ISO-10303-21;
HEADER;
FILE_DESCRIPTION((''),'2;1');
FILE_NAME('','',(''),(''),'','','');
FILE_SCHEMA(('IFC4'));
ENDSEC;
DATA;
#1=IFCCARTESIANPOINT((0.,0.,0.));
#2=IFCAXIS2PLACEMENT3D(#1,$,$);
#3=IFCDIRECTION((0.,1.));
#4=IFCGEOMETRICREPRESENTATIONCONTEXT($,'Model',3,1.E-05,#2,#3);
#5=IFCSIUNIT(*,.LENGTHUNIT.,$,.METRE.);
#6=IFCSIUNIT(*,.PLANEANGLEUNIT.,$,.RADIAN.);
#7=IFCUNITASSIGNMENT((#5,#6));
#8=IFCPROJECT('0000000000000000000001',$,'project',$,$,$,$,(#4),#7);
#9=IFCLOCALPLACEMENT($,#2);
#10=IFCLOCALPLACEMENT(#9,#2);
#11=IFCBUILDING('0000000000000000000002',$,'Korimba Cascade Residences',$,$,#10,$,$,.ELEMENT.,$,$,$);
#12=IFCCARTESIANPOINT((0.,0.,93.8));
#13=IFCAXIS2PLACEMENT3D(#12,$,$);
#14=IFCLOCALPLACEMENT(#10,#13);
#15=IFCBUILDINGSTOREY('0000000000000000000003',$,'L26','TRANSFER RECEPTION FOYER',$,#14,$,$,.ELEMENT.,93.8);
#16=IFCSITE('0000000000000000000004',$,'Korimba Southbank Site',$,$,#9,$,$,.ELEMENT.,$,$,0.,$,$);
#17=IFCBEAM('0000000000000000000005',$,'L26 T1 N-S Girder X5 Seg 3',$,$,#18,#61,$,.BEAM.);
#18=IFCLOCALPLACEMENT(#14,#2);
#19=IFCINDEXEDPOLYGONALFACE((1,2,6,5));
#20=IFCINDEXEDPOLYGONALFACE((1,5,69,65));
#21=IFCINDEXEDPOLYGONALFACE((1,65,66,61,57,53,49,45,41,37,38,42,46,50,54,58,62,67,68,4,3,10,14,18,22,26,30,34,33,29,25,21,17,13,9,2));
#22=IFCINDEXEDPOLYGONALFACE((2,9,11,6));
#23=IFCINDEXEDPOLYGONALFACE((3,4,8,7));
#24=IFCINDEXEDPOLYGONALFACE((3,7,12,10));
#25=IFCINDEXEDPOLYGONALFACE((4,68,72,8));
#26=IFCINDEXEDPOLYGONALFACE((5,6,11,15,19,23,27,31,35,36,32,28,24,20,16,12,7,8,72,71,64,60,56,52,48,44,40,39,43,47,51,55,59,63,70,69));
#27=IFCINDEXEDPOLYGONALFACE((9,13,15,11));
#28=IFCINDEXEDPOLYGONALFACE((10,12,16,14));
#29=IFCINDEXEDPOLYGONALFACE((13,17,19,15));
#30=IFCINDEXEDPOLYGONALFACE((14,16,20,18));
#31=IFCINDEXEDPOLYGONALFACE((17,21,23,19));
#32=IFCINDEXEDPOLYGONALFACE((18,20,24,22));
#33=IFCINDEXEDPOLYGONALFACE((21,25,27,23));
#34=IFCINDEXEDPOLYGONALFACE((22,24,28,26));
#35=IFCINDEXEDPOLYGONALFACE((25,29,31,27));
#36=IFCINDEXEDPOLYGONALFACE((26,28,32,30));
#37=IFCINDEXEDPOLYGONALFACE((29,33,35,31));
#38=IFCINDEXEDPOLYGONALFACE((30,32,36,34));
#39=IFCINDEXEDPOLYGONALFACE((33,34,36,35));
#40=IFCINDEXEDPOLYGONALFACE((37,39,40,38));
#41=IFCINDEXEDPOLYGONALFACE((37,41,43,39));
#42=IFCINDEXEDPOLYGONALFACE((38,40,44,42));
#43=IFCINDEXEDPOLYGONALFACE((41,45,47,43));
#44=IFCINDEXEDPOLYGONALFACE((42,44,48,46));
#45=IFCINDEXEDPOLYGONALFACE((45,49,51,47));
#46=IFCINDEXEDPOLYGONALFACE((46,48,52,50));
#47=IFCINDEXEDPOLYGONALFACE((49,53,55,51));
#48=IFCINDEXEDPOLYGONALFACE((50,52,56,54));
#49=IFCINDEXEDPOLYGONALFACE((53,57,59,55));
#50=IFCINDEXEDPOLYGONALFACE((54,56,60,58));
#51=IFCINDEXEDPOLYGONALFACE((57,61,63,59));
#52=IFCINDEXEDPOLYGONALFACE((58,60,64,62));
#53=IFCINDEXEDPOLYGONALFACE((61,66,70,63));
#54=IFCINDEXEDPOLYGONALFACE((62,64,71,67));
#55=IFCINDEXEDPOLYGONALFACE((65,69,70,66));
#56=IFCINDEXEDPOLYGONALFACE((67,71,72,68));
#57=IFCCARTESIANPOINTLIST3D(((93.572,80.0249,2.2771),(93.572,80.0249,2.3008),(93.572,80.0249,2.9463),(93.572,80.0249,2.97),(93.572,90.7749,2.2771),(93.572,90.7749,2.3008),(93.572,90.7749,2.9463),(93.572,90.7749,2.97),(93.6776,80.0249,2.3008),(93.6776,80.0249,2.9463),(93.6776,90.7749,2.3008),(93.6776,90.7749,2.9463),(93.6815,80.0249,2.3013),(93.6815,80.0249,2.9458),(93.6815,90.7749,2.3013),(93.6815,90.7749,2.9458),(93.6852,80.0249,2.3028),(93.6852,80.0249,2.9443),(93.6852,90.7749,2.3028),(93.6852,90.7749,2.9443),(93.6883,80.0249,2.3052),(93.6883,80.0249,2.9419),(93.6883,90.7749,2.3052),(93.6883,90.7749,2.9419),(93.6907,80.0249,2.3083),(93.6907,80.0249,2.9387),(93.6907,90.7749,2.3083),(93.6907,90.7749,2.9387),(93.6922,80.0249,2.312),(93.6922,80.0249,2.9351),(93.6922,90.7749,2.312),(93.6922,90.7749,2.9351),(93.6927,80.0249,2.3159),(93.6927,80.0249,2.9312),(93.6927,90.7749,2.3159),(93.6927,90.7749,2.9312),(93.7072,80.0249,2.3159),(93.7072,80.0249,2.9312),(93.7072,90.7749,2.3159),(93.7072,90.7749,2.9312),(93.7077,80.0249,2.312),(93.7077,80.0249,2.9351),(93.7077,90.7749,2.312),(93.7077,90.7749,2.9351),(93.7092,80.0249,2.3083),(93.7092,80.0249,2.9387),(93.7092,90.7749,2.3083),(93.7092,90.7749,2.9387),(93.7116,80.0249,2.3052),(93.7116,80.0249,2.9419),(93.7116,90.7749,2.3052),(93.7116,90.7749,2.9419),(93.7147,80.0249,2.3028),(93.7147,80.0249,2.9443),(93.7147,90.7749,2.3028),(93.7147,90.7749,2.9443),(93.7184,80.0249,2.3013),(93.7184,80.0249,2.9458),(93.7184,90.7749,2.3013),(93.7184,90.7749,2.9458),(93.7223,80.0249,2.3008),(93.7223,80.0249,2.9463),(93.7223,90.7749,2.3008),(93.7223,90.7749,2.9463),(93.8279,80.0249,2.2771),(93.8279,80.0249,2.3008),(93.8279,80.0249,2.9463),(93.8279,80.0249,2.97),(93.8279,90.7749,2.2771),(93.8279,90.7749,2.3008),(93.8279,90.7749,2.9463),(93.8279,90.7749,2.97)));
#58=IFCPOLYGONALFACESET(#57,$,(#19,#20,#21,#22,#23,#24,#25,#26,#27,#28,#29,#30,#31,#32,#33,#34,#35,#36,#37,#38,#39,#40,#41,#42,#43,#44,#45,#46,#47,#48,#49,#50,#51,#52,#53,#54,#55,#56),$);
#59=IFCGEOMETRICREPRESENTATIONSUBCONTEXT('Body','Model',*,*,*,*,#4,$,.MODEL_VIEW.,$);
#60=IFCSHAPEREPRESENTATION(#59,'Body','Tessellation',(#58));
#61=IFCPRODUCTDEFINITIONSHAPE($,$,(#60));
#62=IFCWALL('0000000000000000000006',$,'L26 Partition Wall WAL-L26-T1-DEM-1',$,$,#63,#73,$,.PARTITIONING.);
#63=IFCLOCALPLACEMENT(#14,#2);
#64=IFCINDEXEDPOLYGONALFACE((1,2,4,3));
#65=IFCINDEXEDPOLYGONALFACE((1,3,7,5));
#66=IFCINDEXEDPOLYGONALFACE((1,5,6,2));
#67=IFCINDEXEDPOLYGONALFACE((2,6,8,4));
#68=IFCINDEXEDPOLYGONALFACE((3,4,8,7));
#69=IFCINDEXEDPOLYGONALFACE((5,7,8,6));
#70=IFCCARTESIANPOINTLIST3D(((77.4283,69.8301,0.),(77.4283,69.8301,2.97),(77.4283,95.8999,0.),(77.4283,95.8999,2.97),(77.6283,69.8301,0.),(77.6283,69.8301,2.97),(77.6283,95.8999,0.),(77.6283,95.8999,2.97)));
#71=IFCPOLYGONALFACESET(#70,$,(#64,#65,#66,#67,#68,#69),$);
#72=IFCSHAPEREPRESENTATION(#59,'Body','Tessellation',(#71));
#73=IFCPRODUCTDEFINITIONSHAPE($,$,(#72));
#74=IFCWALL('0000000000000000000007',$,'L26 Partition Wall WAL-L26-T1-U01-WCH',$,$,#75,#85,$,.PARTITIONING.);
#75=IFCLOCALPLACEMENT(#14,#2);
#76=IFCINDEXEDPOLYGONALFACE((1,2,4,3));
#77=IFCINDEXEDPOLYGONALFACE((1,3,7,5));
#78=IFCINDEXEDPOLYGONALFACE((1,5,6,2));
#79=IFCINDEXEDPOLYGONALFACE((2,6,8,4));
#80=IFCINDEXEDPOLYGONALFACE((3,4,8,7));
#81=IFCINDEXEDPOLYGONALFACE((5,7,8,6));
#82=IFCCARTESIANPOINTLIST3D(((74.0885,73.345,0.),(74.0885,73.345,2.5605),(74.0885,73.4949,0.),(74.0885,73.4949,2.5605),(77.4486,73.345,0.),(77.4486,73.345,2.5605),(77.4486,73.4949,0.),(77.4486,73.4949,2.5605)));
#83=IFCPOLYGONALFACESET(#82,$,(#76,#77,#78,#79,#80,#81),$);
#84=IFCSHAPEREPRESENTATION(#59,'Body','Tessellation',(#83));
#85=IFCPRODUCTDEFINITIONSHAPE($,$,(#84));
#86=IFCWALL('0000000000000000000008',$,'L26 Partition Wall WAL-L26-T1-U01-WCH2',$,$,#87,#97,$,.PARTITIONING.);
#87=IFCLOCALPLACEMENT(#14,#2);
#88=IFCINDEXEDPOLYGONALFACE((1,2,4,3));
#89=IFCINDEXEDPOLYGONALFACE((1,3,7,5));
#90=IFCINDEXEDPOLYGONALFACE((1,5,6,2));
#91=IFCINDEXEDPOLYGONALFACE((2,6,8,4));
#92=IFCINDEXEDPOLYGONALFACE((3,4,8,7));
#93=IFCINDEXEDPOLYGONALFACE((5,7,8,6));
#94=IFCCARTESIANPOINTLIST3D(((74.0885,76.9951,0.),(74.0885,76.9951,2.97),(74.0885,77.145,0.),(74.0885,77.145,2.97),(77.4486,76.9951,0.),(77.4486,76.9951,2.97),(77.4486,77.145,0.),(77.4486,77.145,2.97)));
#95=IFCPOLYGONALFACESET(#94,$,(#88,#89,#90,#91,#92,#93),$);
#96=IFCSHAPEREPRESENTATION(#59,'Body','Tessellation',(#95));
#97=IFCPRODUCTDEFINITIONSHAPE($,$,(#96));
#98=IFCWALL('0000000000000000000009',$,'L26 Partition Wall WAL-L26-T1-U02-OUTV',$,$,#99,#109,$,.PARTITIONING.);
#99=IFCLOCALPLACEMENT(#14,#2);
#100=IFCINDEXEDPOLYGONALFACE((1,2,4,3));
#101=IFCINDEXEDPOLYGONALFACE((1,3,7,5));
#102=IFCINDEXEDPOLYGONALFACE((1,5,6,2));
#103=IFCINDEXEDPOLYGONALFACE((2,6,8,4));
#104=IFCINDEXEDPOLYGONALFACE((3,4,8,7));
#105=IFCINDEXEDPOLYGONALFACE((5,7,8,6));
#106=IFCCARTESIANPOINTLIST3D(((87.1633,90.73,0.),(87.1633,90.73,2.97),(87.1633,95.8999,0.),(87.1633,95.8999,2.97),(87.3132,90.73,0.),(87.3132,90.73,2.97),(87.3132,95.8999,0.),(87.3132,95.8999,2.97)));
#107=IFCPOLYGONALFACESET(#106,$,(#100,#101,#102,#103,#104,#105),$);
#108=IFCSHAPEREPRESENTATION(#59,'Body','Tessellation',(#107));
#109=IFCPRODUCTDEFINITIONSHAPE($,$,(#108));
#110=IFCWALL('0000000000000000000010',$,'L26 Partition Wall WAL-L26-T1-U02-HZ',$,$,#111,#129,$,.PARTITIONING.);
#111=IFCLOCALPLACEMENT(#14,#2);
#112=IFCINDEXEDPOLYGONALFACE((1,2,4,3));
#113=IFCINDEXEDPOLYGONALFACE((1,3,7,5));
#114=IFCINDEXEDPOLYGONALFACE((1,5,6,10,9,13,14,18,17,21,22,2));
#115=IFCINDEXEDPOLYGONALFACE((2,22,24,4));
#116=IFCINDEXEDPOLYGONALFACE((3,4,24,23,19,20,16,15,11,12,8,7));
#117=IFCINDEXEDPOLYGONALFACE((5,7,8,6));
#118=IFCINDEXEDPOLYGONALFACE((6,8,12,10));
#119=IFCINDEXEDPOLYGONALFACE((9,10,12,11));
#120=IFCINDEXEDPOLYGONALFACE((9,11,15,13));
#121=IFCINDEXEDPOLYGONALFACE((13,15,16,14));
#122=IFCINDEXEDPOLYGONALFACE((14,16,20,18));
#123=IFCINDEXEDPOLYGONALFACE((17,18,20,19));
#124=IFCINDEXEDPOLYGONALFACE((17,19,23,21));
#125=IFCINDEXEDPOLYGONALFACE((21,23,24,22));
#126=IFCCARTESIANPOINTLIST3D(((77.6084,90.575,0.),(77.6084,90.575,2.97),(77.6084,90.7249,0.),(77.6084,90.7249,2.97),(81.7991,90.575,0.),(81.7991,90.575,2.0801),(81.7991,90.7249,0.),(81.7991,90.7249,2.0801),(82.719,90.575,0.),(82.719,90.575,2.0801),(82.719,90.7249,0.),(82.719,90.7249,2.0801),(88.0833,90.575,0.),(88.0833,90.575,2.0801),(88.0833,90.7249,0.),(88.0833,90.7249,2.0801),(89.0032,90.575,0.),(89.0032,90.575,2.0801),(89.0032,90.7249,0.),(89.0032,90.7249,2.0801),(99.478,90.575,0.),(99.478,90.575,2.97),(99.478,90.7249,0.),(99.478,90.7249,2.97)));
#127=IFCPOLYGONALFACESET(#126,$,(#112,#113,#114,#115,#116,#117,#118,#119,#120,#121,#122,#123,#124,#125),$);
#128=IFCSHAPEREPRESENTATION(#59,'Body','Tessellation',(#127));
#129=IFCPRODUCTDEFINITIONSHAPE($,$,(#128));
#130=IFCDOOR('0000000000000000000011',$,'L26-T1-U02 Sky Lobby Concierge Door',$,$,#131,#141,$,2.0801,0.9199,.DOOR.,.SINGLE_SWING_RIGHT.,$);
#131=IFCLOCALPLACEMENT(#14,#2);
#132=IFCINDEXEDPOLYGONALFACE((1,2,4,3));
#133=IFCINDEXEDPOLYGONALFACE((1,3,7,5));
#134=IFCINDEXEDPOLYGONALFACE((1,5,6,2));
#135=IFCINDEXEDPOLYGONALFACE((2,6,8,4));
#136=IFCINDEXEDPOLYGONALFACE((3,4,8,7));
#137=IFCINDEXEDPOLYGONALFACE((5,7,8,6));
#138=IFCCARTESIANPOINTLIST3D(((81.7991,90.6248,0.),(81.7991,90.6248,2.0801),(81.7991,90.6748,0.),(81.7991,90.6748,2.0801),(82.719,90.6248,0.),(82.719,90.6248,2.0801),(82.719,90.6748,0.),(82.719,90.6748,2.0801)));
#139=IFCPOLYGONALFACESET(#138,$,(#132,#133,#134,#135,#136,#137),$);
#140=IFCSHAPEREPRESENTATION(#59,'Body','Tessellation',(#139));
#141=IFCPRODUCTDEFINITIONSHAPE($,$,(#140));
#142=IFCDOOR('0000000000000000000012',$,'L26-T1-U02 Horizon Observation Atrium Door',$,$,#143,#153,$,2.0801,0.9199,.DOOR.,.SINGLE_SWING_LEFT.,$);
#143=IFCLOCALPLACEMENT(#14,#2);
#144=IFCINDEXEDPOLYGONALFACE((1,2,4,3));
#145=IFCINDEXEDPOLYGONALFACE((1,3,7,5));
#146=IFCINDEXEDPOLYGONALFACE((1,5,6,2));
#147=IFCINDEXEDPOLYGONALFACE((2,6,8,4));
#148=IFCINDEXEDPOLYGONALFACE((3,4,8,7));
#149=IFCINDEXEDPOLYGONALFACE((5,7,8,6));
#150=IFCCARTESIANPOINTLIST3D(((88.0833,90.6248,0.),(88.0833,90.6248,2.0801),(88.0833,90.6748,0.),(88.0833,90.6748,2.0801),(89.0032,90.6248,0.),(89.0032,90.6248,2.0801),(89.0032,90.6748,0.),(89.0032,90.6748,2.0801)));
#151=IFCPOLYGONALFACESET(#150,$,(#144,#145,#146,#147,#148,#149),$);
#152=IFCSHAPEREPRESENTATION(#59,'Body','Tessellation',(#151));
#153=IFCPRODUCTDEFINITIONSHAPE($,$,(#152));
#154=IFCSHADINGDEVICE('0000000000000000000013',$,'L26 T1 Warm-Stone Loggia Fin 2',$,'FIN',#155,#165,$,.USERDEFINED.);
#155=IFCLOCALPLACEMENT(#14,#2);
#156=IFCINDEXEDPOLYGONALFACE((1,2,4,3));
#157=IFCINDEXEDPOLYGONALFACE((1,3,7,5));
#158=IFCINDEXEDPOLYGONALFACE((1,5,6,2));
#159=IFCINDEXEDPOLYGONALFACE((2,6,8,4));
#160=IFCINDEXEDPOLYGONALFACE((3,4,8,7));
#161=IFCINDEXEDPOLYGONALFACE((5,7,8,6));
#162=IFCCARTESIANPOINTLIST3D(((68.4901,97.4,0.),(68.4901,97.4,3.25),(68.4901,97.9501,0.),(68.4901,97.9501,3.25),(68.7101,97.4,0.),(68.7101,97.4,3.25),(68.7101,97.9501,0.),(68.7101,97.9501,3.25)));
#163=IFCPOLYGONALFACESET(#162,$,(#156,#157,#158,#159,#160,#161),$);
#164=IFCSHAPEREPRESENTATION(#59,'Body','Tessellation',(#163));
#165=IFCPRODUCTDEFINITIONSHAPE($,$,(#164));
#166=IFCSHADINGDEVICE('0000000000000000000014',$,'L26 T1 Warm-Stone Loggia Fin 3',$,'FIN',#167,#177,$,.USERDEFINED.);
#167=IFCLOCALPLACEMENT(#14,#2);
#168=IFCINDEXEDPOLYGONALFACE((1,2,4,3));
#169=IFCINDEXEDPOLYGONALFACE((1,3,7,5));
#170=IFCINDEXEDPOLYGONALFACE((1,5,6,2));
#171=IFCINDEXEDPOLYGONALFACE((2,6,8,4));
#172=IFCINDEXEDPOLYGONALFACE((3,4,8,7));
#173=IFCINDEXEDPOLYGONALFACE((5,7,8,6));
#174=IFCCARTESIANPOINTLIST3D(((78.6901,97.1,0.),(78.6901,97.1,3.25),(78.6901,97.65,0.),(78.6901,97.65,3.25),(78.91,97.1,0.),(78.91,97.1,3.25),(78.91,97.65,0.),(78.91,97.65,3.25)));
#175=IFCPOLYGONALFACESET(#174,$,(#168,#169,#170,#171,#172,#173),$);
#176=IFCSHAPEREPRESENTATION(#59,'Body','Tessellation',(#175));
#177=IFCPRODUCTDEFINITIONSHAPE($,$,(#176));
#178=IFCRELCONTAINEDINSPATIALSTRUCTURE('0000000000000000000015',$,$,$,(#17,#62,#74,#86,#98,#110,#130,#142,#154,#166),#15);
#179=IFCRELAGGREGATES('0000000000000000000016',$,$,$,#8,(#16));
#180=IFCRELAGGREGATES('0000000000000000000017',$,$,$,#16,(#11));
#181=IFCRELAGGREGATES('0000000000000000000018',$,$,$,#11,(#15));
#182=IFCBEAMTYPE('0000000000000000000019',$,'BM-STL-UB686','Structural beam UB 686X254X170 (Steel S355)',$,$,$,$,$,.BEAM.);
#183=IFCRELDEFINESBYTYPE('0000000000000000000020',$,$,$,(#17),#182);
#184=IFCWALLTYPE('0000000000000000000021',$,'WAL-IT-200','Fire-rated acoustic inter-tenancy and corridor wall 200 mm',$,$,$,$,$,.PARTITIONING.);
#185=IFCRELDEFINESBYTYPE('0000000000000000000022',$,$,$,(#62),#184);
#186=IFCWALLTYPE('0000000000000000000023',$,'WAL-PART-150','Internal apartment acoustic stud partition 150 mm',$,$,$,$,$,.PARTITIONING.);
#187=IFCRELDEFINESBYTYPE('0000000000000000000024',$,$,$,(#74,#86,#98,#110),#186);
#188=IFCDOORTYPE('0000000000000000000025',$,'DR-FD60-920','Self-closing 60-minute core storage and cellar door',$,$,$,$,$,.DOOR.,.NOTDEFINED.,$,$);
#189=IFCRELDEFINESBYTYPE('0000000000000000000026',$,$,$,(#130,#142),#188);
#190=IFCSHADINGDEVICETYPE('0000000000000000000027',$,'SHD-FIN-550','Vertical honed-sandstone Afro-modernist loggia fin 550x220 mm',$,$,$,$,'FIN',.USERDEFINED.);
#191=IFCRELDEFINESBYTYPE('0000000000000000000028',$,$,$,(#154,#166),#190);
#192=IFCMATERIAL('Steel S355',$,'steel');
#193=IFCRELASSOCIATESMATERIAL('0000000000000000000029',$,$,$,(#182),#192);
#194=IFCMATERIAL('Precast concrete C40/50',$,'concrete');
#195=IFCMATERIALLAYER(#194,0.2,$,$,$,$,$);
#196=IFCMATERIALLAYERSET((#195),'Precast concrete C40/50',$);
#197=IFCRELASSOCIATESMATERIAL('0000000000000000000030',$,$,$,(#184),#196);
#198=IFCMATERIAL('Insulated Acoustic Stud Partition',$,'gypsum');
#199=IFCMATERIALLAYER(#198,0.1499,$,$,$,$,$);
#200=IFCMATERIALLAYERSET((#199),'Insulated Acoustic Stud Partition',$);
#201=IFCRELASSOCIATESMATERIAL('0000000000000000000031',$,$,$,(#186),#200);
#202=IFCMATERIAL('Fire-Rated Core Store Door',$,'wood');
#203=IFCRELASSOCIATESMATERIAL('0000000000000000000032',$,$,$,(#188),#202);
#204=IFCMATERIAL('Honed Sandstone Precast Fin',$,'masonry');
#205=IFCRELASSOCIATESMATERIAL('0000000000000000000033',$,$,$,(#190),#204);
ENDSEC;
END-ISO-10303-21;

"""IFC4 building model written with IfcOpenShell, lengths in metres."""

from ifc_helpers import new_model, si_unit, direction, frame, frame_2d, origin, origin_2d, place, context, subcontext, project, spatial, rectangle, i_section, extrude, material, layer, layer_set, material_profile, profile_set, type_object, element, fill, save


model = new_model("IFC4")

# Units and contexts
model_context = context("Model", 3, precision=1e-05, world=origin(), true_north=direction((0.0, 1.0)))
body_context = subcontext(model_context, "Body", "Model", "MODEL_VIEW")
ifc_project = project(units=[si_unit("LENGTHUNIT", "METRE"), si_unit("PLANEANGLEUNIT", "RADIAN")], contexts=[model_context])

# Site, building, storey
site_placement = place(None, origin())
site = spatial("IfcSite", under=ifc_project, at=site_placement, Name="Korimba Southbank Site", CompositionType="ELEMENT", RefElevation=0.0)
building_placement = place(site_placement, origin())
building = spatial("IfcBuilding", under=site, at=building_placement, Name="Korimba Cascade Residences", CompositionType="ELEMENT")
storey_placement = place(building_placement, frame((0.0, 0.0, 93.8)))
storey = spatial("IfcBuildingStorey", under=building, at=storey_placement, Name="L26", Description="TRANSFER RECEPTION FOYER", CompositionType="ELEMENT", Elevation=93.8)

# Beam
ifc_material_1 = material(Name="Steel S355", Category="steel")
ifc_material_profile_1 = material_profile(ifc_material_1, i_section(OverallWidth=0.2559, OverallDepth=0.6929, WebThickness=0.0144, FlangeThickness=0.0237, FilletRadius=0.0151, at=origin_2d()), Name="Steel S355")
ifc_profile_set_1 = profile_set([ifc_material_profile_1], Name="Steel S355")
beam_type_1 = type_object("IfcBeamType", Name="BM-STL-UB686", Description="Structural beam UB 686X254X170 (Steel S355)", PredefinedType="BEAM", material=ifc_profile_set_1)
for number, where, z_axis, x_axis, name in (
    (1, (93.7, 80.0249, 2.6235), (0.0, 1.0, 0.0), (-1.0, 0.0, 0.0), "L26 T1 N-S Girder X5 Seg 3"),
):
    element("IfcBeam", number, at=place(storey_placement, frame(where, z_axis=z_axis, x_axis=x_axis)), inside=storey, type_object=beam_type_1, Name=name, PredefinedType="BEAM", context=body_context, shape_type="SweptSolid", body=[
        extrude(i_section(OverallWidth=0.2559, OverallDepth=0.6929, WebThickness=0.0144, FlangeThickness=0.0237, FilletRadius=0.0151, at=origin_2d()), origin(), (0.0, 0.0, 1.0), 10.75),
    ])

# Walls
ifc_material_2 = material(Name="Precast concrete C40/50", Category="concrete")
ifc_layer_1 = layer(ifc_material_2, 0.2)
ifc_layer_set_1 = layer_set([ifc_layer_1], Name="Precast concrete C40/50")
wall_type_1 = type_object("IfcWallType", Name="WAL-IT-200", Description="Fire-rated acoustic inter-tenancy and corridor wall 200 mm", PredefinedType="PARTITIONING", material=ifc_layer_set_1)
wall_1_placement = place(storey_placement, frame((77.5283, 69.8301, 0.0), z_axis=(0.0, 0.0, 1.0), x_axis=(0.0, 1.0, 0.0)))
element("IfcWall", 2, at=wall_1_placement, inside=storey, type_object=wall_type_1, Name="L26 Partition Wall WAL-L26-T1-DEM-1", PredefinedType="PARTITIONING", context=body_context, shape_type="SweptSolid", body=[
    extrude(rectangle(XDim=26.0698, YDim=0.2, at=frame_2d((13.0349, 0.0))), origin(), (0.0, 0.0, 1.0), 2.97),
])
ifc_material_3 = material(Name="Insulated Acoustic Stud Partition", Category="gypsum")
ifc_layer_2 = layer(ifc_material_3, 0.1499)
ifc_layer_set_2 = layer_set([ifc_layer_2], Name="Insulated Acoustic Stud Partition")
wall_type_2 = type_object("IfcWallType", Name="WAL-PART-150", Description="Internal apartment acoustic stud partition 150 mm", PredefinedType="PARTITIONING", material=ifc_layer_set_2)
wall_2_placement = place(storey_placement, frame((74.0884, 73.4199, 0.0), z_axis=(0.0, 0.0, 1.0), x_axis=(1.0, 0.0, 0.0)))
element("IfcWall", 3, at=wall_2_placement, inside=storey, type_object=wall_type_2, Name="L26 Partition Wall WAL-L26-T1-U01-WCH", PredefinedType="PARTITIONING", context=body_context, shape_type="SweptSolid", body=[
    extrude(rectangle(XDim=3.3601, YDim=0.1499, at=frame_2d((1.6802, 0.0))), origin(), (0.0, 0.0, 1.0), 2.5605),
])
wall_3_placement = place(storey_placement, frame((74.0884, 77.0701, 0.0), z_axis=(0.0, 0.0, 1.0), x_axis=(1.0, 0.0, 0.0)))
element("IfcWall", 4, at=wall_3_placement, inside=storey, type_object=wall_type_2, Name="L26 Partition Wall WAL-L26-T1-U01-WCH2", PredefinedType="PARTITIONING", context=body_context, shape_type="SweptSolid", body=[
    extrude(rectangle(XDim=3.3601, YDim=0.1499, at=frame_2d((1.6802, 0.0))), origin(), (0.0, 0.0, 1.0), 2.97),
])
wall_4_placement = place(storey_placement, frame((87.2383, 90.73, 0.0), z_axis=(0.0, 0.0, 1.0), x_axis=(0.0, 1.0, 0.0)))
element("IfcWall", 5, at=wall_4_placement, inside=storey, type_object=wall_type_2, Name="L26 Partition Wall WAL-L26-T1-U02-OUTV", PredefinedType="PARTITIONING", context=body_context, shape_type="SweptSolid", body=[
    extrude(rectangle(XDim=5.1699, YDim=0.1499, at=frame_2d((2.585, 0.0))), origin(), (0.0, 0.0, 1.0), 2.97),
])

# Wall, openings, doors
wall_5_placement = place(storey_placement, frame((77.6084, 90.6499, 0.0), z_axis=(0.0, 0.0, 1.0), x_axis=(1.0, 0.0, 0.0)))
wall_5 = element("IfcWall", 6, at=wall_5_placement, inside=storey, type_object=wall_type_2, Name="L26 Partition Wall WAL-L26-T1-U02-HZ", PredefinedType="PARTITIONING", context=body_context, shape_type="SweptSolid", body=[
    extrude(rectangle(XDim=21.8696, YDim=0.1499, at=frame_2d((10.9348, 0.0))), origin(), (0.0, 0.0, 1.0), 2.97),
])
opening_1_placement = place(wall_5_placement, frame((4.1907, 0.0, 0.0)))
opening_1 = element("IfcOpeningElement", 7, at=opening_1_placement, cuts=wall_5, PredefinedType="OPENING", context=body_context, shape_type="SweptSolid", body=[
    extrude(rectangle(XDim=0.9199, YDim=2.0801, at=frame_2d((0.46, 1.04))), frame((0.0, 0.085, 0.0), z_axis=(0.0, -1.0, 0.0), x_axis=(1.0, 0.0, 0.0)), (0.0, 0.0, 1.0), 0.1699),
])
opening_2_placement = place(wall_5_placement, frame((10.4749, 0.0, 0.0)))
opening_2 = element("IfcOpeningElement", 8, at=opening_2_placement, cuts=wall_5, PredefinedType="OPENING", context=body_context, shape_type="SweptSolid", body=[
    extrude(rectangle(XDim=0.9199, YDim=2.0801, at=frame_2d((0.46, 1.04))), frame((0.0, 0.085, 0.0), z_axis=(0.0, -1.0, 0.0), x_axis=(1.0, 0.0, 0.0)), (0.0, 0.0, 1.0), 0.1699),
])
ifc_material_4 = material(Name="Fire-Rated Core Store Door", Category="wood")
door_type = type_object("IfcDoorType", Name="DR-FD60-920", Description="Self-closing 60-minute core storage and cellar door", OperationType="NOTDEFINED", PredefinedType="DOOR", material=ifc_material_4)
door_1_placement = place(opening_1_placement, origin())
door_1 = element("IfcDoor", 9, at=door_1_placement, inside=storey, type_object=door_type, Name="L26-T1-U02 Sky Lobby Concierge Door", OperationType="SINGLE_SWING_RIGHT", OverallHeight=2.0801, OverallWidth=0.9199, PredefinedType="DOOR", context=body_context, shape_type="SweptSolid", body=[
    extrude(rectangle(XDim=0.9199, YDim=2.0801, at=frame_2d((0.46, 1.04))), frame((0.0, 0.0249, 0.0), z_axis=(0.0, -1.0, 0.0), x_axis=(1.0, 0.0, 0.0)), (0.0, 0.0, 1.0), 0.05),
])
fill(opening_1, door_1)
door_2_placement = place(opening_2_placement, origin())
door_2 = element("IfcDoor", 10, at=door_2_placement, inside=storey, type_object=door_type, Name="L26-T1-U02 Horizon Observation Atrium Door", OperationType="SINGLE_SWING_LEFT", OverallHeight=2.0801, OverallWidth=0.9199, PredefinedType="DOOR", context=body_context, shape_type="SweptSolid", body=[
    extrude(rectangle(XDim=0.9199, YDim=2.0801, at=frame_2d((0.46, 1.04))), frame((0.0, 0.0249, 0.0), z_axis=(0.0, -1.0, 0.0), x_axis=(1.0, 0.0, 0.0)), (0.0, 0.0, 1.0), 0.05),
])
fill(opening_2, door_2)

# Shading devices
ifc_material_5 = material(Name="Honed Sandstone Precast Fin", Category="masonry")
shading_device_type = type_object("IfcShadingDeviceType", Name="SHD-FIN-550", Description="Vertical honed-sandstone Afro-modernist loggia fin 550x220 mm", ElementType="FIN", PredefinedType="USERDEFINED", material=ifc_material_5)
for number, where, z_axis, x_axis, name in (
    (11, (68.6001, 97.675, 0.0), (0.0, 0.0, 1.0), (1.0, 0.0, 0.0), "L26 T1 Warm-Stone Loggia Fin 2"),
    (12, (78.8, 97.375, 0.0), (0.0, 0.0, 1.0), (1.0, 0.0, 0.0), "L26 T1 Warm-Stone Loggia Fin 3"),
):
    element("IfcShadingDevice", number, at=place(storey_placement, frame(where, z_axis=z_axis, x_axis=x_axis)), inside=storey, type_object=shading_device_type, Name=name, ObjectType="FIN", PredefinedType="USERDEFINED", context=body_context, shape_type="SweptSolid", body=[
        extrude(rectangle(XDim=0.22, YDim=0.55, at=origin_2d()), origin(), (0.0, 0.0, 1.0), 3.25),
    ])

save(model, "model.ifc")
